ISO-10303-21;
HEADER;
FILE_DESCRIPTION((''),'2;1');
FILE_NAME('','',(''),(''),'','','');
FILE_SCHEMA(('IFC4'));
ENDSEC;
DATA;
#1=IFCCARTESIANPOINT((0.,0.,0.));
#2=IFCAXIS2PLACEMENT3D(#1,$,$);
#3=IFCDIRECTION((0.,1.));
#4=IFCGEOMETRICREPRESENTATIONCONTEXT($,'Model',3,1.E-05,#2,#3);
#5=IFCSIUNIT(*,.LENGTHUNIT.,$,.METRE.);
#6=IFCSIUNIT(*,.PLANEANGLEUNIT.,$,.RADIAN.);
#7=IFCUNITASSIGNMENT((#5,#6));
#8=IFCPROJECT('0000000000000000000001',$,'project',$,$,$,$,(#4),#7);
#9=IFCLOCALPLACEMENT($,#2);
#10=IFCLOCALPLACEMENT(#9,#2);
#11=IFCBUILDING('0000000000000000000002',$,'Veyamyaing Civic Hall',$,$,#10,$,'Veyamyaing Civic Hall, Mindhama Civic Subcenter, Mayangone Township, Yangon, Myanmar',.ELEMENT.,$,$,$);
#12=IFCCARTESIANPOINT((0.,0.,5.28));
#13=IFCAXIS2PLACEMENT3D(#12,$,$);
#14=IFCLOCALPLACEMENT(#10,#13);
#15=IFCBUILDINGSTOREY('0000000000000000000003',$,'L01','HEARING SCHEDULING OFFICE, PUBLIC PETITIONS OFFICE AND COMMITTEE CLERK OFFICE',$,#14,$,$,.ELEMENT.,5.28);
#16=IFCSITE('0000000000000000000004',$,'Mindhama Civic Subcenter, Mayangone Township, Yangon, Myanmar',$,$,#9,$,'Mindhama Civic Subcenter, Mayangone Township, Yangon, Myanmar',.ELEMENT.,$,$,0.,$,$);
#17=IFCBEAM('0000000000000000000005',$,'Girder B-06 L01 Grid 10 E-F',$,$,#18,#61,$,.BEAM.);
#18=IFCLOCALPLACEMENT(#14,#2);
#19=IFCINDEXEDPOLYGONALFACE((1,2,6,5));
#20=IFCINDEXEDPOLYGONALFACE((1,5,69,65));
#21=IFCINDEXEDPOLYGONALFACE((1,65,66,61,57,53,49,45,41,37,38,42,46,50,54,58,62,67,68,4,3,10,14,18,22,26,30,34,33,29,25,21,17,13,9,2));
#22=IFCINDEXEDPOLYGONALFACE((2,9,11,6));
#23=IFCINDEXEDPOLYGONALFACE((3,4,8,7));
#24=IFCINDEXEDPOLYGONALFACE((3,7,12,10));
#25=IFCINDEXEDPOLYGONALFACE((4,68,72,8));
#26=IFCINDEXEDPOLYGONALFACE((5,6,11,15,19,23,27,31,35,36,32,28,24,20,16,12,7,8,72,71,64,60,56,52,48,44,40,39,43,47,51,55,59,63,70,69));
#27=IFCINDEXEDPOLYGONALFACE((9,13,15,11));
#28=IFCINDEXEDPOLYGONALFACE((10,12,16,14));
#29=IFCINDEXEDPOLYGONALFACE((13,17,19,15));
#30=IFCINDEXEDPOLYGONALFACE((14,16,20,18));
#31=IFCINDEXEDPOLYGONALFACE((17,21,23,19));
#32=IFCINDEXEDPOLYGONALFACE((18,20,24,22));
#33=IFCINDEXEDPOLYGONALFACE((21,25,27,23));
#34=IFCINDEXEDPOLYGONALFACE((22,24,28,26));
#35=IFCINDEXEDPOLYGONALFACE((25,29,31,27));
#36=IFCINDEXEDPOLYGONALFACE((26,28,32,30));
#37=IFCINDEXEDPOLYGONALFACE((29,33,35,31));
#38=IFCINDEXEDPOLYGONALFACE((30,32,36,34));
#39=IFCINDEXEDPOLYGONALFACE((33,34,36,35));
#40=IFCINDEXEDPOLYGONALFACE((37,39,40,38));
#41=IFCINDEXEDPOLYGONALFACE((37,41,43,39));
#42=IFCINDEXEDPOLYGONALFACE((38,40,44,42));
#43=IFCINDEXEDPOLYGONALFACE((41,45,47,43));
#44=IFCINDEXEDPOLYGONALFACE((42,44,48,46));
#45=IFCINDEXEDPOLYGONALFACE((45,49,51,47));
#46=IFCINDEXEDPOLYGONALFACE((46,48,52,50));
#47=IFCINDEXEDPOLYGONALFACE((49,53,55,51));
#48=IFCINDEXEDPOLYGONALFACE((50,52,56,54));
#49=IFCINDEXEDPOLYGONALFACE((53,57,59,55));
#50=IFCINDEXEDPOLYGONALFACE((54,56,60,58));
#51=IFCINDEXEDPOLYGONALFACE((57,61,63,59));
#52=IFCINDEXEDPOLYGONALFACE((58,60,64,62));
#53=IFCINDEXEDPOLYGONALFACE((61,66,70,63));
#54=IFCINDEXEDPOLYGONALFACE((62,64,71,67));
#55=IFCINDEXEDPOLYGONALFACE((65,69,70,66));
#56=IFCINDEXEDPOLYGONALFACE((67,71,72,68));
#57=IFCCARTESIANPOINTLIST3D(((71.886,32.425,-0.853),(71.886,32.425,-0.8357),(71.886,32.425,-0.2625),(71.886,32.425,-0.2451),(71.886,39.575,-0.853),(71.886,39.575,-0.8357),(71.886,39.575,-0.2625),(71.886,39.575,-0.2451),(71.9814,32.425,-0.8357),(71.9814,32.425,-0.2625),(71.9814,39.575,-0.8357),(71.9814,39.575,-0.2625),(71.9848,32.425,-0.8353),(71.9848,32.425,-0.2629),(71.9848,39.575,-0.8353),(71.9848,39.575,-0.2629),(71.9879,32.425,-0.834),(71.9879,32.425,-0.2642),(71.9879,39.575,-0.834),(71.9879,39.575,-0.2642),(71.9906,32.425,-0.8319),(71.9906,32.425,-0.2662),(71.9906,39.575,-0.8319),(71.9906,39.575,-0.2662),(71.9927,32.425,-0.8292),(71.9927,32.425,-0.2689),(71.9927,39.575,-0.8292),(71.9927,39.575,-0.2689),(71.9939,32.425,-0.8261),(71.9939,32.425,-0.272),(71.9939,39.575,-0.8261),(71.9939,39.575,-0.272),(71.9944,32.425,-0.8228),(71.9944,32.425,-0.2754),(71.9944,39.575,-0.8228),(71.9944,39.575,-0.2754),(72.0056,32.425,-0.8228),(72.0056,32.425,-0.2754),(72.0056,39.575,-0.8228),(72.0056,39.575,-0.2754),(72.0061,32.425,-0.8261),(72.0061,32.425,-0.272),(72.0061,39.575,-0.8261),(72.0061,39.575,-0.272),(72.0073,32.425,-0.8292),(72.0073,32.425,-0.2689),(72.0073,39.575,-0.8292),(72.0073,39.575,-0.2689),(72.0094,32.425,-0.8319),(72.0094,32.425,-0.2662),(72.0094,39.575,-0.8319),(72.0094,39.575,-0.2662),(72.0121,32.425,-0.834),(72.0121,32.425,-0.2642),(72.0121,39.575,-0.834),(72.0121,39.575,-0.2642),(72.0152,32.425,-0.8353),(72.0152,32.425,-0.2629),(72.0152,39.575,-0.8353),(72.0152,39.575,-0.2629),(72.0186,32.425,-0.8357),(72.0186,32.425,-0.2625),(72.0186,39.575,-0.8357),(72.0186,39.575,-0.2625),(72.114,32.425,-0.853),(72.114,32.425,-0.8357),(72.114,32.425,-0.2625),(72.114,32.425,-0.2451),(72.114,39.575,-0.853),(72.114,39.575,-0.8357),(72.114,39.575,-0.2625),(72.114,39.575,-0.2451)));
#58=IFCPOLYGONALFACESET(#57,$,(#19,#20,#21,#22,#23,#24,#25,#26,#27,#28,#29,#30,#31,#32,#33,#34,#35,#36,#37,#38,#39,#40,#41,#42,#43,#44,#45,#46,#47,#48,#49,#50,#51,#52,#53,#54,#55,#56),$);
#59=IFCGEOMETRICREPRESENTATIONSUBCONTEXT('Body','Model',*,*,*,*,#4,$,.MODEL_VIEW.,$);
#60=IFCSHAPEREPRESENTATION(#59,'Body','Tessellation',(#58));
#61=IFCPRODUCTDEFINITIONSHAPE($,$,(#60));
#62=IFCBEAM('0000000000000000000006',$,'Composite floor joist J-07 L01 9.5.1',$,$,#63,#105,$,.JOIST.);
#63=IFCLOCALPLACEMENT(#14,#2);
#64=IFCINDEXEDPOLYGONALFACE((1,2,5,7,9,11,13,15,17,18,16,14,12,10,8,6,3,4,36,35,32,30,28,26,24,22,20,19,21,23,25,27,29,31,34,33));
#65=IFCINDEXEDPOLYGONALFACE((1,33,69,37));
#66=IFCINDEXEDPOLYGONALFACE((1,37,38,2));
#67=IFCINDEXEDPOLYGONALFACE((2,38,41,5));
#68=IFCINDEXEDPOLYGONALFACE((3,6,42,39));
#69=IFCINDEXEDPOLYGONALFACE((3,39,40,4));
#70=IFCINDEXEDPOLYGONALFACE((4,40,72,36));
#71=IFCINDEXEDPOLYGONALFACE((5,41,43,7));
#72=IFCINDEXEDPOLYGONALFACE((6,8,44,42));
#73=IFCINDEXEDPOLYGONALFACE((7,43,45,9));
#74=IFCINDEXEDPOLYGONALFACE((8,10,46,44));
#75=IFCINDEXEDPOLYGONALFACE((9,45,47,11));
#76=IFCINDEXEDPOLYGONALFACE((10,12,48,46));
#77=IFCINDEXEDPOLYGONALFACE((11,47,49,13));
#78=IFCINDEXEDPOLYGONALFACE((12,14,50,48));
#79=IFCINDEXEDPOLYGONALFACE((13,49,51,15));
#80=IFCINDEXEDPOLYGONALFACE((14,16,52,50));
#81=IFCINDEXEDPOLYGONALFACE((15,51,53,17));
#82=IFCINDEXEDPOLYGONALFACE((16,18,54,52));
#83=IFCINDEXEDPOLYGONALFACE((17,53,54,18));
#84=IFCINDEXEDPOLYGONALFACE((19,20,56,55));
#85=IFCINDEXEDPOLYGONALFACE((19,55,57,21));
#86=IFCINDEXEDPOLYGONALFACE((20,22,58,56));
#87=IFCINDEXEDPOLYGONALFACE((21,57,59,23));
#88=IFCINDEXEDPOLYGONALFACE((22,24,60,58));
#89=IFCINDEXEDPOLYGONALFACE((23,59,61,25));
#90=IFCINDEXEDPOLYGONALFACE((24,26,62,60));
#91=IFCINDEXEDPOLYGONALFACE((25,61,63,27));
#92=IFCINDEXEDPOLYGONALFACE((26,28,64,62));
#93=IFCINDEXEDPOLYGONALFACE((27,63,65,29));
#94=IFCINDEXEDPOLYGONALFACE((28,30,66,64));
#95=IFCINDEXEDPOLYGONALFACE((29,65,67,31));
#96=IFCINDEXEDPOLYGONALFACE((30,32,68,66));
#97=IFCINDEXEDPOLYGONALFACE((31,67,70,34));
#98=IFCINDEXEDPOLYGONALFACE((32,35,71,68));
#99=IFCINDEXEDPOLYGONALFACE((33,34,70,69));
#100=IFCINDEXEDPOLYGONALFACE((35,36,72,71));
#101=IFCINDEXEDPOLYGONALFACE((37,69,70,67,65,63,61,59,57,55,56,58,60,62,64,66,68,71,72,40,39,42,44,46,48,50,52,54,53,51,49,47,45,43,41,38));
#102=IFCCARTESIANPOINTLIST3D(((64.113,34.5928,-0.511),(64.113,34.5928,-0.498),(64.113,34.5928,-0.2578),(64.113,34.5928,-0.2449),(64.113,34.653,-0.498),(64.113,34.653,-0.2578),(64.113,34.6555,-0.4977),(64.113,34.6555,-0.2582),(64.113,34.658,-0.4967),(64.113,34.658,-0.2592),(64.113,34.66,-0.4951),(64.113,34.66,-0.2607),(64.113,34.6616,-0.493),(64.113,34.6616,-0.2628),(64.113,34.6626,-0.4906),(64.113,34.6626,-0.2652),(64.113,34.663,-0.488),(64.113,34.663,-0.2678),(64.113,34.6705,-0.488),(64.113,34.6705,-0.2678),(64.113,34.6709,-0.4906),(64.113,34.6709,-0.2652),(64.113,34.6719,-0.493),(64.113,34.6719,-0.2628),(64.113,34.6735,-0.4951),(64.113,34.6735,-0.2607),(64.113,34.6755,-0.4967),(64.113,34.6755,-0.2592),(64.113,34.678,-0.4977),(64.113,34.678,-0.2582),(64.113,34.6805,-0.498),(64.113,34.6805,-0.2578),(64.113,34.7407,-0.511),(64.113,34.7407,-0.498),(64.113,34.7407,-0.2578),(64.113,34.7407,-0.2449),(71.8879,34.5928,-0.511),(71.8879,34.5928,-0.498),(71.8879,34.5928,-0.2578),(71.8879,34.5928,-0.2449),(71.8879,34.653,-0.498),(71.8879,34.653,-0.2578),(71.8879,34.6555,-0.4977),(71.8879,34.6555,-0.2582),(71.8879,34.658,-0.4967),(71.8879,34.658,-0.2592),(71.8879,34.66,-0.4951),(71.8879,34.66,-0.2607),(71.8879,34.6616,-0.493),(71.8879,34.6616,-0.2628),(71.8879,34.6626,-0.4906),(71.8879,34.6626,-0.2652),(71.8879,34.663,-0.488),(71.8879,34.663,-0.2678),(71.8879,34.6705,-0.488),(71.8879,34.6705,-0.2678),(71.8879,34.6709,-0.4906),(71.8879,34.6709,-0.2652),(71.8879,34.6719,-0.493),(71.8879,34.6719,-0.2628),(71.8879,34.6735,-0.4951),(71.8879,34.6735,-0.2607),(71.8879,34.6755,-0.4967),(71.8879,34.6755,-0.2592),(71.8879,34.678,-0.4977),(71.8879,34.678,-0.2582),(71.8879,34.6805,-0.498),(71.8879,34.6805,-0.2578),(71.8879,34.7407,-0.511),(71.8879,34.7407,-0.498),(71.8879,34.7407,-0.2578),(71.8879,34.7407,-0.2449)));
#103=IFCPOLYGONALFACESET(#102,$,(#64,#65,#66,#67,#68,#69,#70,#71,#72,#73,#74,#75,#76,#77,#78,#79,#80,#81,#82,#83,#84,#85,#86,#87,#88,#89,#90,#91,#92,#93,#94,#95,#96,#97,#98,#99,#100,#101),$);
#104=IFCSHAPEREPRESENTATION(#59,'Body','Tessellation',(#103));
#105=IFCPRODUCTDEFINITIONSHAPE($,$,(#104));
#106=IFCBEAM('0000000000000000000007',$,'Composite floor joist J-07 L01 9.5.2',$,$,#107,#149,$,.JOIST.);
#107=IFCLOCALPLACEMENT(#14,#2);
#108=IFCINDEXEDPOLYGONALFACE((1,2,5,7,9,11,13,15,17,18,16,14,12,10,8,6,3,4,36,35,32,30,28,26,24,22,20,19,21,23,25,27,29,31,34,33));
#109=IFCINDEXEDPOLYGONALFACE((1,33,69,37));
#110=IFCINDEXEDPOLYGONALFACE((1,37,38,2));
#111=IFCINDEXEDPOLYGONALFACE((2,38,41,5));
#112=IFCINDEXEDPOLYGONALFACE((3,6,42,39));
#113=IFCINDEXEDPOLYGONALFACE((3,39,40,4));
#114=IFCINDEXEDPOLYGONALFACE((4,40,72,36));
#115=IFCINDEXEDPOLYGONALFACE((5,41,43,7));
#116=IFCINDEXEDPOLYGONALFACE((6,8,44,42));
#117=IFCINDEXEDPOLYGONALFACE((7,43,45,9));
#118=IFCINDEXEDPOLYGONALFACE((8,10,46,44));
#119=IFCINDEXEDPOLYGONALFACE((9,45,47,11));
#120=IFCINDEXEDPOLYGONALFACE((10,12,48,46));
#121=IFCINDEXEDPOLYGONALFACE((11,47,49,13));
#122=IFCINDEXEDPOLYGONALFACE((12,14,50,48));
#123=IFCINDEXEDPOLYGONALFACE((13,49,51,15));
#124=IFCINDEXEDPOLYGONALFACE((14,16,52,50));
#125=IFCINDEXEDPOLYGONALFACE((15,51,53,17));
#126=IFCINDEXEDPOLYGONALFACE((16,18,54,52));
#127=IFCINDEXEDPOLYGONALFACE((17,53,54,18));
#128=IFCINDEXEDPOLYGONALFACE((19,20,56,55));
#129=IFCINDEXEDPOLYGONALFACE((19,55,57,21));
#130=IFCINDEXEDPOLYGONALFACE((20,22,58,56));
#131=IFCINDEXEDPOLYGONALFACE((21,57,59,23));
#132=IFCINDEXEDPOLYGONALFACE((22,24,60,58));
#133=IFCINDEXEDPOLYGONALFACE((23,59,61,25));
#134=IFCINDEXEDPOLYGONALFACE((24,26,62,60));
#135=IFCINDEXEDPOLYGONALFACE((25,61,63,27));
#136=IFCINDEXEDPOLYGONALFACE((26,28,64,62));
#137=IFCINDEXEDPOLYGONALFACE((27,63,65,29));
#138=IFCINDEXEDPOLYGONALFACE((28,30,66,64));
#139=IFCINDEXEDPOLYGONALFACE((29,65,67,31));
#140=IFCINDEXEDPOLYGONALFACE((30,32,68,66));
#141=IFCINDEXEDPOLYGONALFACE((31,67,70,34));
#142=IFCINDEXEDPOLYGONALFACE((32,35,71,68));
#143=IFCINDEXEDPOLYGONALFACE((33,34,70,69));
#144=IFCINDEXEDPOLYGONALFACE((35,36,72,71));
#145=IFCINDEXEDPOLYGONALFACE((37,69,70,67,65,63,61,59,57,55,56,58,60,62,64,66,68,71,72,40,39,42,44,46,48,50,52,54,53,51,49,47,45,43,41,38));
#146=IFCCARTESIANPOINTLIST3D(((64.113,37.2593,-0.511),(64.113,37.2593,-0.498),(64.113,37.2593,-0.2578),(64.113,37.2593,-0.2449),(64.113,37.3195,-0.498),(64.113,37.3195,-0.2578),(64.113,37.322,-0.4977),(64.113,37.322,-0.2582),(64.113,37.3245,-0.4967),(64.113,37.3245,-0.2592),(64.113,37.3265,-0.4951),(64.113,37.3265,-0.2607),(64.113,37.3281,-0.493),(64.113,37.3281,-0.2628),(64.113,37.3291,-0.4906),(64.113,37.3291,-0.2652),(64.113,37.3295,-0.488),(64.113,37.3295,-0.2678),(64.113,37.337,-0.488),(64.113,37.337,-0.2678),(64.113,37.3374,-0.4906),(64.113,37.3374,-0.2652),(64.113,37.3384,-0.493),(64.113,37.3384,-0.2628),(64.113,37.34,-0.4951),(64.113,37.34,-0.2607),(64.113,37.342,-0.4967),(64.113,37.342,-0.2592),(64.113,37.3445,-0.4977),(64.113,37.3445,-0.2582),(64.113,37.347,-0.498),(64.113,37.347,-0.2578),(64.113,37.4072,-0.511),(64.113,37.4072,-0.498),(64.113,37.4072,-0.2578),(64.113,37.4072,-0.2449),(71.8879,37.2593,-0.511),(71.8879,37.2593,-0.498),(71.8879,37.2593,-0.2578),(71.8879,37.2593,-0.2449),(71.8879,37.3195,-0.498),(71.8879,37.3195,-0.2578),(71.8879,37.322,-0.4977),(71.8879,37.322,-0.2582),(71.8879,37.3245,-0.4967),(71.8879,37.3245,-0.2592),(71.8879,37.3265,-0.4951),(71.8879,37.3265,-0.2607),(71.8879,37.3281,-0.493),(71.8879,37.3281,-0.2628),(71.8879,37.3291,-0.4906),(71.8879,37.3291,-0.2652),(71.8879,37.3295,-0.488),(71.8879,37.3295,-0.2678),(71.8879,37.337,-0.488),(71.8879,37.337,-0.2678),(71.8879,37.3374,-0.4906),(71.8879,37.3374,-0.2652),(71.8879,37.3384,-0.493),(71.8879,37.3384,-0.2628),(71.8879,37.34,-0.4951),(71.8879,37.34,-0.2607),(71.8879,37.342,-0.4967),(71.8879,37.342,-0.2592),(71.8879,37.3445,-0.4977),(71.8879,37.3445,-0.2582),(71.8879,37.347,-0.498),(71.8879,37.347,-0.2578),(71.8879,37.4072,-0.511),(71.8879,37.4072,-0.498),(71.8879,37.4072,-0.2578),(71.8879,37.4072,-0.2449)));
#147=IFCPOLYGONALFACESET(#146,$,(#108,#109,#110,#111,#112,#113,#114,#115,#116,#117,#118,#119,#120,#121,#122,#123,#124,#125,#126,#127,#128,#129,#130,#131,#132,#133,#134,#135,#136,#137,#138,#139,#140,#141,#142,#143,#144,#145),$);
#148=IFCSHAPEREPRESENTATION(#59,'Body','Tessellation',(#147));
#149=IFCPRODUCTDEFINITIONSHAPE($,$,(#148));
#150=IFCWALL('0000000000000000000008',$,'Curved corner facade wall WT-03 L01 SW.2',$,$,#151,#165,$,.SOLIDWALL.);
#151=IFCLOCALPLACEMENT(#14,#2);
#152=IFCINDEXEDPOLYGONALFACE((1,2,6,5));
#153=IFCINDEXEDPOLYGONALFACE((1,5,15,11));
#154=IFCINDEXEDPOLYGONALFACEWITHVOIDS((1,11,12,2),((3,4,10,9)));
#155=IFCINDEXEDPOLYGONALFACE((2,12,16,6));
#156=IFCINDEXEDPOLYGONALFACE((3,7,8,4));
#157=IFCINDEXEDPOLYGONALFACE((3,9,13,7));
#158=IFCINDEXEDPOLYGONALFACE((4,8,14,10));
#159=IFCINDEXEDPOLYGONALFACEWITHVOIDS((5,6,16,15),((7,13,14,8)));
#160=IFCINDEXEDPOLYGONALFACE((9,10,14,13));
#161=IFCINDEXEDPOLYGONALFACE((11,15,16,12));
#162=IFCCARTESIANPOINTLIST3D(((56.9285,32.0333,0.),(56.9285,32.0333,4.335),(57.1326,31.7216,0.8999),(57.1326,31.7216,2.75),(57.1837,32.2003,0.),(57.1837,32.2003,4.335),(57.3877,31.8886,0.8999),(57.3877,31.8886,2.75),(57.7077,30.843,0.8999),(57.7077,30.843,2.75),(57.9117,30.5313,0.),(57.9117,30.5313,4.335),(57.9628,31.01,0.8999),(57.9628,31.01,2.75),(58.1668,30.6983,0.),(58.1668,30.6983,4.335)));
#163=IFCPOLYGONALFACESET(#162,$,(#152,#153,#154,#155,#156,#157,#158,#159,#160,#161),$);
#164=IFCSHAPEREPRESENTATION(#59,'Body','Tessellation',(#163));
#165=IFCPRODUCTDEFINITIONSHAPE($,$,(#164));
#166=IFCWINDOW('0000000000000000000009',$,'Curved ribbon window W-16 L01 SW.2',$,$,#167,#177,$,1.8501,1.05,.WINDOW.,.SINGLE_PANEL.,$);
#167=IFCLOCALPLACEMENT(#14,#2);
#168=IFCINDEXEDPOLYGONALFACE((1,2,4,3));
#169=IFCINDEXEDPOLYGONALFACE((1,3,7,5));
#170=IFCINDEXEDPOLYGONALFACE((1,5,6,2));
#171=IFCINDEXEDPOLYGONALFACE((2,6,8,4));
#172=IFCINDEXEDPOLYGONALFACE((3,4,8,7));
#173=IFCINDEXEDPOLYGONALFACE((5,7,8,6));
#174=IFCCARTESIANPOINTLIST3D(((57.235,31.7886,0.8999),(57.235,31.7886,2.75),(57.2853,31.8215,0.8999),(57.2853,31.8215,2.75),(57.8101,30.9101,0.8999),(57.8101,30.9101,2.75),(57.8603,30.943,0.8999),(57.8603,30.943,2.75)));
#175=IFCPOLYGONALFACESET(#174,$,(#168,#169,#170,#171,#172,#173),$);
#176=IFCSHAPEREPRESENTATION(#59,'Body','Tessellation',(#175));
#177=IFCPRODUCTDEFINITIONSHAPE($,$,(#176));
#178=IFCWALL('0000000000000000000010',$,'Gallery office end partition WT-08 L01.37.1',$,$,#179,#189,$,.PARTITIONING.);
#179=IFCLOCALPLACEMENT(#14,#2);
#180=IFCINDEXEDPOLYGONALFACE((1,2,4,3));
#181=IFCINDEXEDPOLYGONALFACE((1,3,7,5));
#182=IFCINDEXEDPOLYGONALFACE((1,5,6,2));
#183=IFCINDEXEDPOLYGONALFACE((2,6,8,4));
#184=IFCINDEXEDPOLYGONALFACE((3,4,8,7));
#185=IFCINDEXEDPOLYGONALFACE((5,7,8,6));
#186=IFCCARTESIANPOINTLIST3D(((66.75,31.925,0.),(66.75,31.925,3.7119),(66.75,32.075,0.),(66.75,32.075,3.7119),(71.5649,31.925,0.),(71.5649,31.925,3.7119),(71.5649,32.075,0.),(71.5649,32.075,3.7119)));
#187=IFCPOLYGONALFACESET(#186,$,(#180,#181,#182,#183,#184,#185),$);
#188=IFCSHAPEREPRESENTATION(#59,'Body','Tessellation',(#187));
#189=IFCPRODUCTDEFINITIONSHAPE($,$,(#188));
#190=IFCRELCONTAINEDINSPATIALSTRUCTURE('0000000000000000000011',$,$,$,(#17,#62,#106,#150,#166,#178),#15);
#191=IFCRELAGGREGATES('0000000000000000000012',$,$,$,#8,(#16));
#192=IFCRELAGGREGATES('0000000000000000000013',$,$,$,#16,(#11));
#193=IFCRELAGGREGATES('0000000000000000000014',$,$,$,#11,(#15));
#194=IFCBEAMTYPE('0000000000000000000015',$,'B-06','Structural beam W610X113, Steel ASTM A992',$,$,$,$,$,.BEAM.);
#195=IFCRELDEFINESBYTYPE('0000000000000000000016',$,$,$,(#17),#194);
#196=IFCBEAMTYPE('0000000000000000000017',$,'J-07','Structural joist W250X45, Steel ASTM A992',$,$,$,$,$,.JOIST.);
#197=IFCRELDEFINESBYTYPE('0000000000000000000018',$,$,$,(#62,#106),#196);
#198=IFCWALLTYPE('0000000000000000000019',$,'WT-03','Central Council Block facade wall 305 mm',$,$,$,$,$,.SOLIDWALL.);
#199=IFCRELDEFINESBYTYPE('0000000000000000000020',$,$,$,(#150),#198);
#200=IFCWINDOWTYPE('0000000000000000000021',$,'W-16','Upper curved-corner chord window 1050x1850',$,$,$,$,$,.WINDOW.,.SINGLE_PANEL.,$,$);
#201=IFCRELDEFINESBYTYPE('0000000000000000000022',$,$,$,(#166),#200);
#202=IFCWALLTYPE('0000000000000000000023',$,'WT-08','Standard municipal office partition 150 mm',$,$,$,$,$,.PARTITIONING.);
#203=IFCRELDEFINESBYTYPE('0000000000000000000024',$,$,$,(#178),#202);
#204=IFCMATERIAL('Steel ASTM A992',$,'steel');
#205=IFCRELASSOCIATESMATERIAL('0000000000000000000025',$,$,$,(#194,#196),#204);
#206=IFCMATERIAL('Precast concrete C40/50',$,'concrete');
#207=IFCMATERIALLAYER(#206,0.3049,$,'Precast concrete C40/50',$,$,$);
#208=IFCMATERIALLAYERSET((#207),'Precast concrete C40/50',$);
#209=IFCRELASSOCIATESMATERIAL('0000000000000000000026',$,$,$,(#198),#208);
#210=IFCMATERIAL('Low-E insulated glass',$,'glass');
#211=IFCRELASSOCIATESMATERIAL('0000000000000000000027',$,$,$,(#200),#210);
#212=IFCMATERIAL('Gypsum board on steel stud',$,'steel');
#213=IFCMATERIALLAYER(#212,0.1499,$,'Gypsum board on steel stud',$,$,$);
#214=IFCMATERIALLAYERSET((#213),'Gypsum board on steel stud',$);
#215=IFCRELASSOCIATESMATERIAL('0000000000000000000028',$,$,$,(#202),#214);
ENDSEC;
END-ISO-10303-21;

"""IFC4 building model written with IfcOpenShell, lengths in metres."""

from ifc_helpers import new_model, si_unit, direction, frame, frame_2d, origin, origin_2d, place, context, subcontext, project, spatial, rectangle, i_section, extrude, material, layer, layer_set, material_profile, profile_set, type_object, element, fill, save


model = new_model("IFC4")

# Units and contexts
model_context = context("Model", 3, precision=1e-05, world=origin(), true_north=direction((0.0, 1.0)))
body_context = subcontext(model_context, "Body", "Model", "MODEL_VIEW")
ifc_project = project(units=[si_unit("LENGTHUNIT", "METRE"), si_unit("PLANEANGLEUNIT", "RADIAN")], contexts=[model_context])

# Site, building, storey
site_placement = place(None, origin())
site = spatial("IfcSite", under=ifc_project, at=site_placement, Name="Mindhama Civic Subcenter, Mayangone Township, Yangon, Myanmar", LongName="Mindhama Civic Subcenter, Mayangone Township, Yangon, Myanmar", CompositionType="ELEMENT", RefElevation=0.0)
building_placement = place(site_placement, origin())
building = spatial("IfcBuilding", under=site, at=building_placement, Name="Veyamyaing Civic Hall", LongName="Veyamyaing Civic Hall, Mindhama Civic Subcenter, Mayangone Township, Yangon, Myanmar", CompositionType="ELEMENT")
storey_placement = place(building_placement, frame((0.0, 0.0, 5.28)))
storey = spatial("IfcBuildingStorey", under=building, at=storey_placement, Name="L01", Description="HEARING SCHEDULING OFFICE, PUBLIC PETITIONS OFFICE AND COMMITTEE CLERK OFFICE", CompositionType="ELEMENT", Elevation=5.28)

# Beams
ifc_material_1 = material(Name="Steel ASTM A992", Category="steel")
ifc_material_profile_1 = material_profile(ifc_material_1, i_section(OverallWidth=0.228, OverallDepth=0.6079, WebThickness=0.0112, FlangeThickness=0.0173, FilletRadius=0.0129, at=origin_2d()), Name="W610X113")
ifc_profile_set_1 = profile_set([ifc_material_profile_1], Name="Steel ASTM A992")
beam_type_1 = type_object("IfcBeamType", Name="B-06", Description="Structural beam W610X113, Steel ASTM A992", PredefinedType="BEAM", material=ifc_profile_set_1)
beam_1_placement = place(storey_placement, frame((72.0, 32.425, -0.5491), z_axis=(0.0, 1.0, 0.0), x_axis=(-1.0, 0.0, 0.0)))
element("IfcBeam", 1, at=beam_1_placement, inside=storey, type_object=beam_type_1, Name="Girder B-06 L01 Grid 10 E-F", PredefinedType="BEAM", context=body_context, shape_type="SweptSolid", body=[
    extrude(i_section(OverallWidth=0.228, OverallDepth=0.6079, WebThickness=0.0112, FlangeThickness=0.0173, FilletRadius=0.0129, at=origin_2d()), origin(), (0.0, 0.0, 1.0), 7.1499),
])
ifc_material_profile_2 = material_profile(ifc_material_1, i_section(OverallWidth=0.1479, OverallDepth=0.2661, WebThickness=0.0076, FlangeThickness=0.0129, FilletRadius=0.01, at=origin_2d()), Name="W250X45")
ifc_profile_set_2 = profile_set([ifc_material_profile_2], Name="Steel ASTM A992")
beam_type_2 = type_object("IfcBeamType", Name="J-07", Description="Structural joist W250X45, Steel ASTM A992", PredefinedType="JOIST", material=ifc_profile_set_2)
for number, where, z_axis, x_axis, name in (
    (2, (64.113, 34.6667, -0.3779), (1.0, 0.0, 0.0), (0.0, 1.0, 0.0), "Composite floor joist J-07 L01 9.5.1"),
    (3, (64.113, 37.3333, -0.3779), (1.0, 0.0, 0.0), (0.0, 1.0, 0.0), "Composite floor joist J-07 L01 9.5.2"),
):
    element("IfcBeam", number, at=place(storey_placement, frame(where, z_axis=z_axis, x_axis=x_axis)), inside=storey, type_object=beam_type_2, Name=name, PredefinedType="JOIST", context=body_context, shape_type="SweptSolid", body=[
        extrude(i_section(OverallWidth=0.1479, OverallDepth=0.2661, WebThickness=0.0076, FlangeThickness=0.0129, FilletRadius=0.01, at=origin_2d()), origin(), (0.0, 0.0, 1.0), 7.7749),
    ])

# Wall, opening, window
ifc_material_2 = material(Name="Precast concrete C40/50", Category="concrete")
ifc_layer_1 = layer(ifc_material_2, 0.3049, Name="Precast concrete C40/50")
ifc_layer_set_1 = layer_set([ifc_layer_1], Name="Precast concrete C40/50")
wall_type_1 = type_object("IfcWallType", Name="WT-03", Description="Central Council Block facade wall 305 mm", PredefinedType="SOLIDWALL", material=ifc_layer_set_1)
wall_1_placement = place(storey_placement, frame((57.0562, 32.1167, 0.0), z_axis=(0.0, 0.0, 1.0), x_axis=(0.547682, -0.836687, 0.0)))
wall_1 = element("IfcWall", 4, at=wall_1_placement, inside=storey, type_object=wall_type_1, Name="Curved corner facade wall WT-03 L01 SW.2", PredefinedType="SOLIDWALL", context=body_context, shape_type="SweptSolid", body=[
    extrude(rectangle(XDim=1.7952, YDim=0.3049, at=frame_2d((0.8975, 0.0))), origin(), (0.0, 0.0, 1.0), 4.335),
])
opening_1_placement = place(wall_1_placement, frame((0.3726, 0.0, 0.8999)))
opening_1 = element("IfcOpeningElement", 5, at=opening_1_placement, cuts=wall_1, PredefinedType="OPENING", context=body_context, shape_type="SweptSolid", body=[
    extrude(rectangle(XDim=1.05, YDim=1.8501, at=frame_2d((0.5249, 0.925))), frame((0.0, 0.1624, 0.0), z_axis=(0.0, -1.0, 0.0), x_axis=(1.0, 0.0, 0.0)), (0.0, 0.0, 1.0), 0.325),
])
ifc_material_3 = material(Name="Low-E insulated glass", Category="glass")
window_type = type_object("IfcWindowType", Name="W-16", Description="Upper curved-corner chord window 1050x1850", PartitioningType="SINGLE_PANEL", PredefinedType="WINDOW", material=ifc_material_3)
window_placement = place(opening_1_placement, origin())
window = element("IfcWindow", 6, at=window_placement, inside=storey, type_object=window_type, Name="Curved ribbon window W-16 L01 SW.2", OverallHeight=1.8501, OverallWidth=1.05, PartitioningType="SINGLE_PANEL", PredefinedType="WINDOW", context=body_context, shape_type="SweptSolid", body=[
    extrude(rectangle(XDim=1.05, YDim=1.8501, at=frame_2d((0.5249, 0.925))), frame((0.0, 0.03, 0.0), z_axis=(0.0, -1.0, 0.0), x_axis=(1.0, 0.0, 0.0)), (0.0, 0.0, 1.0), 0.0601),
])
fill(opening_1, window)

# Wall
ifc_material_4 = material(Name="Gypsum board on steel stud", Category="steel")
ifc_layer_2 = layer(ifc_material_4, 0.1499, Name="Gypsum board on steel stud")
ifc_layer_set_2 = layer_set([ifc_layer_2], Name="Gypsum board on steel stud")
wall_type_2 = type_object("IfcWallType", Name="WT-08", Description="Standard municipal office partition 150 mm", PredefinedType="PARTITIONING", material=ifc_layer_set_2)
wall_2_placement = place(storey_placement, frame((66.75, 32.0, 0.0), z_axis=(0.0, 0.0, 1.0), x_axis=(1.0, 0.0, 0.0)))
element("IfcWall", 7, at=wall_2_placement, inside=storey, type_object=wall_type_2, Name="Gallery office end partition WT-08 L01.37.1", PredefinedType="PARTITIONING", context=body_context, shape_type="SweptSolid", body=[
    extrude(rectangle(XDim=4.8149, YDim=0.1499, at=frame_2d((2.4075, 0.0))), origin(), (0.0, 0.0, 1.0), 3.7119),
])

save(model, "model.ifc")
